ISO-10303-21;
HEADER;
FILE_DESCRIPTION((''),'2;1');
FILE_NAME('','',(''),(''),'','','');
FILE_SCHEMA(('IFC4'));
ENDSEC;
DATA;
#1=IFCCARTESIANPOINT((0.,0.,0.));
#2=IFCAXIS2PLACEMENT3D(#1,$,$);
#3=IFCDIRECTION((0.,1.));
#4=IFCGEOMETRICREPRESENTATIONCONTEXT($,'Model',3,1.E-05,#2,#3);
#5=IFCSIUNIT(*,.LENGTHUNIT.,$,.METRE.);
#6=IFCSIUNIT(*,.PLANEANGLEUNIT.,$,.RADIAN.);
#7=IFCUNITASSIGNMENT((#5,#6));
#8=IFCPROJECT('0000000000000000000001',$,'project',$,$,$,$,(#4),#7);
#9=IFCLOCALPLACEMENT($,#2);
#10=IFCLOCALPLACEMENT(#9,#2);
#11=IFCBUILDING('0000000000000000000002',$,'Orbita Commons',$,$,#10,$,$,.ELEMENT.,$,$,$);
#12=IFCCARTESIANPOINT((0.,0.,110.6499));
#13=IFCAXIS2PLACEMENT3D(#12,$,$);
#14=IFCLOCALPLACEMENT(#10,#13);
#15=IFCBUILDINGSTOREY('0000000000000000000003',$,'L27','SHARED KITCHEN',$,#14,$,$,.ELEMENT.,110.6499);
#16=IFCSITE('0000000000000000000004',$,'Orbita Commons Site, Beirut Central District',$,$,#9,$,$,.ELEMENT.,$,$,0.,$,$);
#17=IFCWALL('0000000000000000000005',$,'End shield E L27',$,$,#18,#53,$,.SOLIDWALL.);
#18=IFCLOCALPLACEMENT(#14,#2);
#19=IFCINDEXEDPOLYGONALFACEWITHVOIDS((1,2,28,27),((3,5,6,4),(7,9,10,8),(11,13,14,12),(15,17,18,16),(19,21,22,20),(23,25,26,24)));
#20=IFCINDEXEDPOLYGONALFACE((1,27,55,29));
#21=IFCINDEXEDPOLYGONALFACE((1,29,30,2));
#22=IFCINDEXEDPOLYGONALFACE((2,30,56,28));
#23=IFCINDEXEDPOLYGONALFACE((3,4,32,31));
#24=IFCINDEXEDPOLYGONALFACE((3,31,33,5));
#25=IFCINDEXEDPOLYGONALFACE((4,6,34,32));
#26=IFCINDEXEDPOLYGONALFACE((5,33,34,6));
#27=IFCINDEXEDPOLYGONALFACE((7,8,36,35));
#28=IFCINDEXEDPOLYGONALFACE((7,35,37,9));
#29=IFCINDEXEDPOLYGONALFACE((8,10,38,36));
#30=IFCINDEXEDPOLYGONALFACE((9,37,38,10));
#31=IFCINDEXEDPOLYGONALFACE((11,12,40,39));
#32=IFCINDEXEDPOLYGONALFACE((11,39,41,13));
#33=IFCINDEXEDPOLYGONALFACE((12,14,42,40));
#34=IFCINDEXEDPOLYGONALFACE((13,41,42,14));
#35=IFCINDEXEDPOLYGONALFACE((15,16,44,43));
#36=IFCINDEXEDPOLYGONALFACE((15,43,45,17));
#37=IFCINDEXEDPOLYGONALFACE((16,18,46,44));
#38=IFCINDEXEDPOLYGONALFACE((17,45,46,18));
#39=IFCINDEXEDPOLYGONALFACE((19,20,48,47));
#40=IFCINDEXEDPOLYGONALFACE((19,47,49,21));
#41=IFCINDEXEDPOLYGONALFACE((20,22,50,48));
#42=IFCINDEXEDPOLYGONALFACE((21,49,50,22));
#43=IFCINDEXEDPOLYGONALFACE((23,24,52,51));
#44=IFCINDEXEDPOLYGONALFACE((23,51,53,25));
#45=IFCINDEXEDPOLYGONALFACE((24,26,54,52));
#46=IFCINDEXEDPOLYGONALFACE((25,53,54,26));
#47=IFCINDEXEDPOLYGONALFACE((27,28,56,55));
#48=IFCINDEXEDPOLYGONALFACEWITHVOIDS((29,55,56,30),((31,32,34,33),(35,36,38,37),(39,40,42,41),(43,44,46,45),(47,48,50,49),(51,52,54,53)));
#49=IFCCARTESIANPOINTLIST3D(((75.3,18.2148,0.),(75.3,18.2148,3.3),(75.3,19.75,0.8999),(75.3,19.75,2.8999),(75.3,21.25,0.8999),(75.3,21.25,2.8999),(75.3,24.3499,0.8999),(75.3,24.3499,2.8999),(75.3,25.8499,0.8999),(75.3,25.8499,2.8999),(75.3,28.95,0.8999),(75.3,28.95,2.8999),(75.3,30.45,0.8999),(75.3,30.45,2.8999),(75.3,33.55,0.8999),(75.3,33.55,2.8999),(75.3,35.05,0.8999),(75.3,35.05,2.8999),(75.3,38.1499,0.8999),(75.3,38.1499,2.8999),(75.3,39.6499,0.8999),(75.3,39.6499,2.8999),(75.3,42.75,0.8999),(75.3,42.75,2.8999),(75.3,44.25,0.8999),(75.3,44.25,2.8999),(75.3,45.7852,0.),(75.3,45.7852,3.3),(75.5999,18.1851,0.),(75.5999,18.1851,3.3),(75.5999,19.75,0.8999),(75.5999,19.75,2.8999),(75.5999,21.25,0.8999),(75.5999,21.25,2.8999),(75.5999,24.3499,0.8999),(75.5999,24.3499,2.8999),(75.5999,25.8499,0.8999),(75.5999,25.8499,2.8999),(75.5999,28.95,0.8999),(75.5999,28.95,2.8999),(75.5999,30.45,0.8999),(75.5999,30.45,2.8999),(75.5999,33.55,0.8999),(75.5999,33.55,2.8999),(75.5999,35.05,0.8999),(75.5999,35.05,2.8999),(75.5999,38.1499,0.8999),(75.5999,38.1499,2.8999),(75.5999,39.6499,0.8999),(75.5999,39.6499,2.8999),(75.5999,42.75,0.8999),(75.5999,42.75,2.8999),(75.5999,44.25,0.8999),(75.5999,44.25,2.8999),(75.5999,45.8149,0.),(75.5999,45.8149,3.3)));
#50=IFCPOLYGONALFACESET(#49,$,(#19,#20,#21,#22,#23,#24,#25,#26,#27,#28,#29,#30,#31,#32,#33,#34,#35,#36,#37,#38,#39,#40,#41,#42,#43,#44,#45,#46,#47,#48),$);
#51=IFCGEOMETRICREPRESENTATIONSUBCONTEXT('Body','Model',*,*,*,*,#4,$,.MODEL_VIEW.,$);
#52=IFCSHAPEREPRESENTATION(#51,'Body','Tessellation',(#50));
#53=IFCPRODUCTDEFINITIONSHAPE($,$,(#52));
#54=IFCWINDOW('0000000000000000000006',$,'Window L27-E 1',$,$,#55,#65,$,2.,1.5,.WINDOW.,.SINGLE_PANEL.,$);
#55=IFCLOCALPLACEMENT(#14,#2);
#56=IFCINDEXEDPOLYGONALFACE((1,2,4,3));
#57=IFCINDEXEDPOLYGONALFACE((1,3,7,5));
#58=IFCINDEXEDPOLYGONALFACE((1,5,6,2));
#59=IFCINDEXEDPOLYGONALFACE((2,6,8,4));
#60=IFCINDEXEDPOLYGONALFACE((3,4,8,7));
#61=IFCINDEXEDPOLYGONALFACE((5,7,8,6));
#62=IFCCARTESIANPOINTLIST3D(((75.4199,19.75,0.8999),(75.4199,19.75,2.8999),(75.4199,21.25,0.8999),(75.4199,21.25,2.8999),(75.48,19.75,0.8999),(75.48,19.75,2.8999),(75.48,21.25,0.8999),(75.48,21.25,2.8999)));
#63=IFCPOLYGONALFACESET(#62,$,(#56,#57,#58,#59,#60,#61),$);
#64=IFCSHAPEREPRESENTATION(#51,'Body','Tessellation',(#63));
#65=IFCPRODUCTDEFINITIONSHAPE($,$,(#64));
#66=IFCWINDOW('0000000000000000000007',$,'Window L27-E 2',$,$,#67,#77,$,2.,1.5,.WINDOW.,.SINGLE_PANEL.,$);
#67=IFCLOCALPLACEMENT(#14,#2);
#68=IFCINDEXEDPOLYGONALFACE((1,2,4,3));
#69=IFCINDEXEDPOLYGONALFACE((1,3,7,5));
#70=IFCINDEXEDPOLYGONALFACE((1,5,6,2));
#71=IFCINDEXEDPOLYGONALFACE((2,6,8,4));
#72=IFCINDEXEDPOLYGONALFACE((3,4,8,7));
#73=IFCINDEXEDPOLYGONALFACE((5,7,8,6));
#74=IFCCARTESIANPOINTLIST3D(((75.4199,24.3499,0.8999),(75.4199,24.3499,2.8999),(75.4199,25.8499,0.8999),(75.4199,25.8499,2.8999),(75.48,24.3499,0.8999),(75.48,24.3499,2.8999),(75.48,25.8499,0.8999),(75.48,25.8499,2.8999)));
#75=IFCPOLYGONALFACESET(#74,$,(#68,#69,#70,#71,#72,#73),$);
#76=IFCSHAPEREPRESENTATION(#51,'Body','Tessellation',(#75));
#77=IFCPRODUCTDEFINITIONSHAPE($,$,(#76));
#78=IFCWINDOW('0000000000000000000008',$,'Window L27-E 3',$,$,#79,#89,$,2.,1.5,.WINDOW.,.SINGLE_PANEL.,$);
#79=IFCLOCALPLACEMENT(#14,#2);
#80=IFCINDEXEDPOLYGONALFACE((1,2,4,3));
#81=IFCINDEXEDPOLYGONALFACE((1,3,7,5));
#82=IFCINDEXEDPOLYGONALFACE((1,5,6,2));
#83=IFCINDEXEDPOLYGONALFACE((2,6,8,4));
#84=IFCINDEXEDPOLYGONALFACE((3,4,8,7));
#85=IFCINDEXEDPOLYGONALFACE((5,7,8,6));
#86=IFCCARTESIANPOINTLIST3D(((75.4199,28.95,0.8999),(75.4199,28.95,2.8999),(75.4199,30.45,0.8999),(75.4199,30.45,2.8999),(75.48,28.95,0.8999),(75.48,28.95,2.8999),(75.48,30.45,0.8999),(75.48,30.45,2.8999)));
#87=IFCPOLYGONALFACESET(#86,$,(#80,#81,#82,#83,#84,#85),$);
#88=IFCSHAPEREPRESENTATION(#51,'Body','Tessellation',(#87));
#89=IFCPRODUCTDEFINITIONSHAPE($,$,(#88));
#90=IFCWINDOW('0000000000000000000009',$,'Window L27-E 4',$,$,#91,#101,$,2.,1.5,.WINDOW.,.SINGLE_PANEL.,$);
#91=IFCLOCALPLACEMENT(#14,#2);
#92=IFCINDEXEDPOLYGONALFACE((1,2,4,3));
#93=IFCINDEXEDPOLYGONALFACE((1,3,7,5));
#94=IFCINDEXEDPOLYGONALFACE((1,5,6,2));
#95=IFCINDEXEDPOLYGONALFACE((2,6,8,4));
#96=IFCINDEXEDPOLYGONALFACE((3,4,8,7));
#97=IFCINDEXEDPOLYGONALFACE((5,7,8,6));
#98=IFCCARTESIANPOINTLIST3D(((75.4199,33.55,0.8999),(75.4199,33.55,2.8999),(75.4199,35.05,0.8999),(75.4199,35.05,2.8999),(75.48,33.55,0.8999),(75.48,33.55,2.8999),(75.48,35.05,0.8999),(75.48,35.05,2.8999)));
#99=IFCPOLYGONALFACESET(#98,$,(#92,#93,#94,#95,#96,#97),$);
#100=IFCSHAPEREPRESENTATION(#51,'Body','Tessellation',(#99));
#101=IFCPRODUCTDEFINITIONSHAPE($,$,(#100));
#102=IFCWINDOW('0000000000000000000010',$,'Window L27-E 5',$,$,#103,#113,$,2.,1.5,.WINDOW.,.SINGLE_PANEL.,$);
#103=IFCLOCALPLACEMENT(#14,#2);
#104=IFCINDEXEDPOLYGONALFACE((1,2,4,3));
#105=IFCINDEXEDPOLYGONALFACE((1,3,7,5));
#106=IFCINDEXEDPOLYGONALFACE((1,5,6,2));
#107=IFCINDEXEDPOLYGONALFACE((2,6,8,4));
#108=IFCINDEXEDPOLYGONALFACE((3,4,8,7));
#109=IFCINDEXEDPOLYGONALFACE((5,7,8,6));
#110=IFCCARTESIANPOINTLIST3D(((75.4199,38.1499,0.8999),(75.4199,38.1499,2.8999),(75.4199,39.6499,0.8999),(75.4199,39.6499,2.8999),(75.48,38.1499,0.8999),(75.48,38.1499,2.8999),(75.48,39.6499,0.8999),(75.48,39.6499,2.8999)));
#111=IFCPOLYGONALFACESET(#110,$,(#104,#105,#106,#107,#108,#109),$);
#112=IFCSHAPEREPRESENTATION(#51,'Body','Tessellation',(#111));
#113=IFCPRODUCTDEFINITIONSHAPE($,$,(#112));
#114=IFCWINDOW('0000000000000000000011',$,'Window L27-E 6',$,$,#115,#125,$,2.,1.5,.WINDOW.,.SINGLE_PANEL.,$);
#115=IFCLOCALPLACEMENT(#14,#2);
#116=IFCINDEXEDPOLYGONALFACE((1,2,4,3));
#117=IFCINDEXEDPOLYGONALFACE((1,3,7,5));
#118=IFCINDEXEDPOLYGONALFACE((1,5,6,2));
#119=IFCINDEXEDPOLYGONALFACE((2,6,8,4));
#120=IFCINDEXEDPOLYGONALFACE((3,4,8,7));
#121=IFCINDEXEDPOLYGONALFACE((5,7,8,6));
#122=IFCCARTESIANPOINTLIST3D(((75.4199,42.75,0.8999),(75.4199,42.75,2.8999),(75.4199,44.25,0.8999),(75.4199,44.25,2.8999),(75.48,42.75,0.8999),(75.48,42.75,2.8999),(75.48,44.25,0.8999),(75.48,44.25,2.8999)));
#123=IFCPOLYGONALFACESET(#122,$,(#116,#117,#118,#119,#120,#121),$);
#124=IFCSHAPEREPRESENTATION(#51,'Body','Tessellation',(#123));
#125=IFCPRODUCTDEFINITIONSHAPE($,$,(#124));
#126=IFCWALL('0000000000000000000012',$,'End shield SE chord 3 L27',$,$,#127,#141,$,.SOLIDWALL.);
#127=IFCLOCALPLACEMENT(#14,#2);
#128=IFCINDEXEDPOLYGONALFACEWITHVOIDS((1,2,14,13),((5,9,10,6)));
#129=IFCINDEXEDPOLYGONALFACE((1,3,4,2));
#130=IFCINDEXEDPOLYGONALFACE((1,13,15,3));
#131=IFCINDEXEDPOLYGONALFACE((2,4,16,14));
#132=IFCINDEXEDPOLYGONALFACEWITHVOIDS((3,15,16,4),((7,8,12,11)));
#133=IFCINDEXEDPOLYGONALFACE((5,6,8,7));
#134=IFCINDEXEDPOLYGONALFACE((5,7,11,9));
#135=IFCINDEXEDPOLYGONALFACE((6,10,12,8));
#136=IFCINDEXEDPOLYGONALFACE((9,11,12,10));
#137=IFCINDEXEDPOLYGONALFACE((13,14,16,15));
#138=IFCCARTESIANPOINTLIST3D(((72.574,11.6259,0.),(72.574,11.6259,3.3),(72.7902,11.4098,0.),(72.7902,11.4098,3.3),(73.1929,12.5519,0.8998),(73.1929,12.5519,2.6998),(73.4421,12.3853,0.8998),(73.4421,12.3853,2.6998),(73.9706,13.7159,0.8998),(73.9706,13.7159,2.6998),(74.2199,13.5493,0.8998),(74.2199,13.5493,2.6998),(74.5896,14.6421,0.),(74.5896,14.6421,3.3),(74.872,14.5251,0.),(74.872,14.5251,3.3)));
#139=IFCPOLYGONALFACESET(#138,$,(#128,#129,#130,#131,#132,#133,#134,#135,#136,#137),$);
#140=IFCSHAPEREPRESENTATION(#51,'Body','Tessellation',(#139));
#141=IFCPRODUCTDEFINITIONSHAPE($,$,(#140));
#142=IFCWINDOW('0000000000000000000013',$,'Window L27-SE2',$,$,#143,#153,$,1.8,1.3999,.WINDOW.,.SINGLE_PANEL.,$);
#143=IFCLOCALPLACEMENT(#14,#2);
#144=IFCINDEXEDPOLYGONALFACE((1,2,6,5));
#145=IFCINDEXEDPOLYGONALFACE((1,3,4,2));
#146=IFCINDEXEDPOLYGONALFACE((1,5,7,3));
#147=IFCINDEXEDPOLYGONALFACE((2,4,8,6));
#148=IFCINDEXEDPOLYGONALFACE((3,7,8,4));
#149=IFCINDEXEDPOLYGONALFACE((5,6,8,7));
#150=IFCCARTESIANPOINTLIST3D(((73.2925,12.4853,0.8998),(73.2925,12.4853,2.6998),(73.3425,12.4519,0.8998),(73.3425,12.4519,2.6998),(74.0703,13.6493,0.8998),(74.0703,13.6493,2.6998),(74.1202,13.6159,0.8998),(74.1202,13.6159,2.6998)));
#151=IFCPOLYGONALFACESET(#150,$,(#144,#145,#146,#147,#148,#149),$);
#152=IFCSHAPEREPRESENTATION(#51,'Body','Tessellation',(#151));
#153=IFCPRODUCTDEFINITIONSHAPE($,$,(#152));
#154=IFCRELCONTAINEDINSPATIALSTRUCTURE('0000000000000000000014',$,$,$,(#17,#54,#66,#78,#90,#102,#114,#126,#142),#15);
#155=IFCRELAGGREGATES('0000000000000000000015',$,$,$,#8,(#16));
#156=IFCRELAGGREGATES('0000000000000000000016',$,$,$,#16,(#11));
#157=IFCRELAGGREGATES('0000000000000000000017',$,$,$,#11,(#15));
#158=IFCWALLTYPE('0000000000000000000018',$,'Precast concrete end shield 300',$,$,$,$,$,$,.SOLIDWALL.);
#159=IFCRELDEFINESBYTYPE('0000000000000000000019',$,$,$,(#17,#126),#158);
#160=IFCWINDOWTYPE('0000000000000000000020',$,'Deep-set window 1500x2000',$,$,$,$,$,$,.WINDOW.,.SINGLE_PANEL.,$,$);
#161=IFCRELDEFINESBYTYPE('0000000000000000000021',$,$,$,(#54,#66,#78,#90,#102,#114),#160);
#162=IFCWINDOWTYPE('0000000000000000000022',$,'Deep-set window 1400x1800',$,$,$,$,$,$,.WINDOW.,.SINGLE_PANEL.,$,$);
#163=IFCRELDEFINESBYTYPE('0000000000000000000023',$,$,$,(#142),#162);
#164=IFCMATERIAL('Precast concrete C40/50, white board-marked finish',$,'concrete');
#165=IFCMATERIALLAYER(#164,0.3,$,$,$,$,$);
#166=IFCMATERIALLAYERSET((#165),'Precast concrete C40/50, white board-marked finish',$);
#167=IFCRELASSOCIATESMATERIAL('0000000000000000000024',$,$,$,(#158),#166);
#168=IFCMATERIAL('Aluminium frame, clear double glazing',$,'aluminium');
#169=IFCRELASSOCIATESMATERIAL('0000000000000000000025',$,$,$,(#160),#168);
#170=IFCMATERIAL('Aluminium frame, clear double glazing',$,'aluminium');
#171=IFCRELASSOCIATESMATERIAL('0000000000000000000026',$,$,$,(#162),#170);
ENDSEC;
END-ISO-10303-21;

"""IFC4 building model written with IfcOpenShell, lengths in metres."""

from ifc_helpers import new_model, si_unit, direction, frame, frame_2d, origin, place, context, subcontext, project, spatial, polyline, rectangle, outline, extrude, material, layer, layer_set, type_object, element, fill, save


model = new_model("IFC4")

# Units and contexts
model_context = context("Model", 3, precision=1e-05, world=origin(), true_north=direction((0.0, 1.0)))
body_context = subcontext(model_context, "Body", "Model", "MODEL_VIEW")
ifc_project = project(units=[si_unit("LENGTHUNIT", "METRE"), si_unit("PLANEANGLEUNIT", "RADIAN")], contexts=[model_context])

# Site, building, storey
site_placement = place(None, origin())
site = spatial("IfcSite", under=ifc_project, at=site_placement, Name="Orbita Commons Site, Beirut Central District", CompositionType="ELEMENT", RefElevation=0.0)
building_placement = place(site_placement, origin())
building = spatial("IfcBuilding", under=site, at=building_placement, Name="Orbita Commons", CompositionType="ELEMENT")
storey_placement = place(building_placement, frame((0.0, 0.0, 110.6499)))
storey = spatial("IfcBuildingStorey", under=building, at=storey_placement, Name="L27", Description="SHARED KITCHEN", CompositionType="ELEMENT", Elevation=110.6499)

# Wall, openings, windows
ifc_material_1 = material(Name="Precast concrete C40/50, white board-marked finish", Category="concrete")
ifc_layer_1 = layer(ifc_material_1, 0.3)
ifc_layer_set_1 = layer_set([ifc_layer_1], Name="Precast concrete C40/50, white board-marked finish")
wall_type_1 = type_object("IfcWallType", Name="Precast concrete end shield 300", PredefinedType="SOLIDWALL", material=ifc_layer_set_1)
wall_1_placement = place(storey_placement, frame((75.45, 18.2, 0.0), z_axis=(0.0, 0.0, 1.0), x_axis=(0.0, 1.0, 0.0)))
wall_1 = element("IfcWall", 1, at=wall_1_placement, inside=storey, type_object=wall_type_1, Name="End shield E L27", PredefinedType="SOLIDWALL", context=body_context, shape_type="SweptSolid", body=[
    extrude(outline(polyline([(-0.0149, -0.1499), (27.615, -0.1499), (27.5852, 0.1499), (0.0149, 0.1499), (-0.0149, -0.1499)])), origin(), (0.0, 0.0, 1.0), 3.3),
])
opening_1_placement = place(wall_1_placement, frame((1.55, 0.0, 0.8999)))
opening_1 = element("IfcOpeningElement", 2, at=opening_1_placement, cuts=wall_1, PredefinedType="OPENING", context=body_context, shape_type="SweptSolid", body=[
    extrude(rectangle(XDim=1.5, YDim=2.0, at=frame_2d((0.75, 1.0))), frame((0.0, 0.1599, 0.0), z_axis=(0.0, -1.0, 0.0), x_axis=(1.0, 0.0, 0.0)), (0.0, 0.0, 1.0), 0.3201),
])
opening_2_placement = place(wall_1_placement, frame((6.1499, 0.0, 0.8999)))
opening_2 = element("IfcOpeningElement", 3, at=opening_2_placement, cuts=wall_1, PredefinedType="OPENING", context=body_context, shape_type="SweptSolid", body=[
    extrude(rectangle(XDim=1.5, YDim=2.0, at=frame_2d((0.75, 1.0))), frame((0.0, 0.1599, 0.0), z_axis=(0.0, -1.0, 0.0), x_axis=(1.0, 0.0, 0.0)), (0.0, 0.0, 1.0), 0.3201),
])
opening_3_placement = place(wall_1_placement, frame((10.75, 0.0, 0.8999)))
opening_3 = element("IfcOpeningElement", 4, at=opening_3_placement, cuts=wall_1, PredefinedType="OPENING", context=body_context, shape_type="SweptSolid", body=[
    extrude(rectangle(XDim=1.5, YDim=2.0, at=frame_2d((0.75, 1.0))), frame((0.0, 0.1599, 0.0), z_axis=(0.0, -1.0, 0.0), x_axis=(1.0, 0.0, 0.0)), (0.0, 0.0, 1.0), 0.3201),
])
opening_4_placement = place(wall_1_placement, frame((15.3501, 0.0, 0.8999)))
opening_4 = element("IfcOpeningElement", 5, at=opening_4_placement, cuts=wall_1, PredefinedType="OPENING", context=body_context, shape_type="SweptSolid", body=[
    extrude(rectangle(XDim=1.5, YDim=2.0, at=frame_2d((0.75, 1.0))), frame((0.0, 0.1599, 0.0), z_axis=(0.0, -1.0, 0.0), x_axis=(1.0, 0.0, 0.0)), (0.0, 0.0, 1.0), 0.3201),
])
opening_5_placement = place(wall_1_placement, frame((19.95, 0.0, 0.8999)))
opening_5 = element("IfcOpeningElement", 6, at=opening_5_placement, cuts=wall_1, PredefinedType="OPENING", context=body_context, shape_type="SweptSolid", body=[
    extrude(rectangle(XDim=1.5, YDim=2.0, at=frame_2d((0.75, 1.0))), frame((0.0, 0.1599, 0.0), z_axis=(0.0, -1.0, 0.0), x_axis=(1.0, 0.0, 0.0)), (0.0, 0.0, 1.0), 0.3201),
])
opening_6_placement = place(wall_1_placement, frame((24.55, 0.0, 0.8999)))
opening_6 = element("IfcOpeningElement", 7, at=opening_6_placement, cuts=wall_1, PredefinedType="OPENING", context=body_context, shape_type="SweptSolid", body=[
    extrude(rectangle(XDim=1.5, YDim=2.0, at=frame_2d((0.75, 1.0))), frame((0.0, 0.1599, 0.0), z_axis=(0.0, -1.0, 0.0), x_axis=(1.0, 0.0, 0.0)), (0.0, 0.0, 1.0), 0.3201),
])
ifc_material_2 = material(Name="Aluminium frame, clear double glazing", Category="aluminium")
window_type_1 = type_object("IfcWindowType", Name="Deep-set window 1500x2000", PartitioningType="SINGLE_PANEL", PredefinedType="WINDOW", material=ifc_material_2)
window_1_placement = place(opening_1_placement, origin())
window_1 = element("IfcWindow", 8, at=window_1_placement, inside=storey, type_object=window_type_1, Name="Window L27-E 1", OverallHeight=2.0, OverallWidth=1.5, PartitioningType="SINGLE_PANEL", PredefinedType="WINDOW", context=body_context, shape_type="SweptSolid", body=[
    extrude(rectangle(XDim=1.5, YDim=2.0, at=frame_2d((0.75, 1.0))), frame((0.0, 0.03, 0.0), z_axis=(0.0, -1.0, 0.0), x_axis=(1.0, 0.0, 0.0)), (0.0, 0.0, 1.0), 0.0601),
])
fill(opening_1, window_1)
window_2_placement = place(opening_2_placement, origin())
window_2 = element("IfcWindow", 9, at=window_2_placement, inside=storey, type_object=window_type_1, Name="Window L27-E 2", OverallHeight=2.0, OverallWidth=1.5, PartitioningType="SINGLE_PANEL", PredefinedType="WINDOW", context=body_context, shape_type="SweptSolid", body=[
    extrude(rectangle(XDim=1.5, YDim=2.0, at=frame_2d((0.75, 1.0))), frame((0.0, 0.03, 0.0), z_axis=(0.0, -1.0, 0.0), x_axis=(1.0, 0.0, 0.0)), (0.0, 0.0, 1.0), 0.0601),
])
fill(opening_2, window_2)
window_3_placement = place(opening_3_placement, origin())
window_3 = element("IfcWindow", 10, at=window_3_placement, inside=storey, type_object=window_type_1, Name="Window L27-E 3", OverallHeight=2.0, OverallWidth=1.5, PartitioningType="SINGLE_PANEL", PredefinedType="WINDOW", context=body_context, shape_type="SweptSolid", body=[
    extrude(rectangle(XDim=1.5, YDim=2.0, at=frame_2d((0.75, 1.0))), frame((0.0, 0.03, 0.0), z_axis=(0.0, -1.0, 0.0), x_axis=(1.0, 0.0, 0.0)), (0.0, 0.0, 1.0), 0.0601),
])
fill(opening_3, window_3)
window_4_placement = place(opening_4_placement, origin())
window_4 = element("IfcWindow", 11, at=window_4_placement, inside=storey, type_object=window_type_1, Name="Window L27-E 4", OverallHeight=2.0, OverallWidth=1.5, PartitioningType="SINGLE_PANEL", PredefinedType="WINDOW", context=body_context, shape_type="SweptSolid", body=[
    extrude(rectangle(XDim=1.5, YDim=2.0, at=frame_2d((0.75, 1.0))), frame((0.0, 0.03, 0.0), z_axis=(0.0, -1.0, 0.0), x_axis=(1.0, 0.0, 0.0)), (0.0, 0.0, 1.0), 0.0601),
])
fill(opening_4, window_4)
window_5_placement = place(opening_5_placement, origin())
window_5 = element("IfcWindow", 12, at=window_5_placement, inside=storey, type_object=window_type_1, Name="Window L27-E 5", OverallHeight=2.0, OverallWidth=1.5, PartitioningType="SINGLE_PANEL", PredefinedType="WINDOW", context=body_context, shape_type="SweptSolid", body=[
    extrude(rectangle(XDim=1.5, YDim=2.0, at=frame_2d((0.75, 1.0))), frame((0.0, 0.03, 0.0), z_axis=(0.0, -1.0, 0.0), x_axis=(1.0, 0.0, 0.0)), (0.0, 0.0, 1.0), 0.0601),
])
fill(opening_5, window_5)
window_6_placement = place(opening_6_placement, origin())
window_6 = element("IfcWindow", 13, at=window_6_placement, inside=storey, type_object=window_type_1, Name="Window L27-E 6", OverallHeight=2.0, OverallWidth=1.5, PartitioningType="SINGLE_PANEL", PredefinedType="WINDOW", context=body_context, shape_type="SweptSolid", body=[
    extrude(rectangle(XDim=1.5, YDim=2.0, at=frame_2d((0.75, 1.0))), frame((0.0, 0.03, 0.0), z_axis=(0.0, -1.0, 0.0), x_axis=(1.0, 0.0, 0.0)), (0.0, 0.0, 1.0), 0.0601),
])
fill(opening_6, window_6)

# Wall, opening, window
wall_2_placement = place(storey_placement, frame((72.6821, 11.5178, 0.0), z_axis=(0.0, 0.0, 1.0), x_axis=(0.555601, 0.831449, 0.0)))
wall_2 = element("IfcWall", 14, at=wall_2_placement, inside=storey, type_object=wall_type_1, Name="End shield SE chord 3 L27", PredefinedType="SOLIDWALL", context=body_context, shape_type="SweptSolid", body=[
    extrude(outline(polyline([(-0.0298, -0.1499), (3.717, -0.1499), (3.6575, 0.1499), (0.0298, 0.1499), (-0.0298, -0.1499)])), origin(), (0.0, 0.0, 1.0), 3.3),
])
opening_7_placement = place(wall_2_placement, frame((1.1436, 0.0, 0.8999)))
opening_7 = element("IfcOpeningElement", 15, at=opening_7_placement, cuts=wall_2, PredefinedType="OPENING", context=body_context, shape_type="SweptSolid", body=[
    extrude(rectangle(XDim=1.3999, YDim=1.8, at=frame_2d((0.7, 0.8999))), frame((0.0, 0.1599, 0.0), z_axis=(0.0, -1.0, 0.0), x_axis=(1.0, 0.0, 0.0)), (0.0, 0.0, 1.0), 0.3201),
])
ifc_material_3 = material(Name="Aluminium frame, clear double glazing", Category="aluminium")
window_type_2 = type_object("IfcWindowType", Name="Deep-set window 1400x1800", PartitioningType="SINGLE_PANEL", PredefinedType="WINDOW", material=ifc_material_3)
window_7_placement = place(opening_7_placement, origin())
window_7 = element("IfcWindow", 16, at=window_7_placement, inside=storey, type_object=window_type_2, Name="Window L27-SE2", OverallHeight=1.8, OverallWidth=1.3999, PartitioningType="SINGLE_PANEL", PredefinedType="WINDOW", context=body_context, shape_type="SweptSolid", body=[
    extrude(rectangle(XDim=1.3999, YDim=1.8, at=frame_2d((0.7, 0.8999))), frame((0.0, 0.03, 0.0), z_axis=(0.0, -1.0, 0.0), x_axis=(1.0, 0.0, 0.0)), (0.0, 0.0, 1.0), 0.0601),
])
fill(opening_7, window_7)

save(model, "model.ifc")
